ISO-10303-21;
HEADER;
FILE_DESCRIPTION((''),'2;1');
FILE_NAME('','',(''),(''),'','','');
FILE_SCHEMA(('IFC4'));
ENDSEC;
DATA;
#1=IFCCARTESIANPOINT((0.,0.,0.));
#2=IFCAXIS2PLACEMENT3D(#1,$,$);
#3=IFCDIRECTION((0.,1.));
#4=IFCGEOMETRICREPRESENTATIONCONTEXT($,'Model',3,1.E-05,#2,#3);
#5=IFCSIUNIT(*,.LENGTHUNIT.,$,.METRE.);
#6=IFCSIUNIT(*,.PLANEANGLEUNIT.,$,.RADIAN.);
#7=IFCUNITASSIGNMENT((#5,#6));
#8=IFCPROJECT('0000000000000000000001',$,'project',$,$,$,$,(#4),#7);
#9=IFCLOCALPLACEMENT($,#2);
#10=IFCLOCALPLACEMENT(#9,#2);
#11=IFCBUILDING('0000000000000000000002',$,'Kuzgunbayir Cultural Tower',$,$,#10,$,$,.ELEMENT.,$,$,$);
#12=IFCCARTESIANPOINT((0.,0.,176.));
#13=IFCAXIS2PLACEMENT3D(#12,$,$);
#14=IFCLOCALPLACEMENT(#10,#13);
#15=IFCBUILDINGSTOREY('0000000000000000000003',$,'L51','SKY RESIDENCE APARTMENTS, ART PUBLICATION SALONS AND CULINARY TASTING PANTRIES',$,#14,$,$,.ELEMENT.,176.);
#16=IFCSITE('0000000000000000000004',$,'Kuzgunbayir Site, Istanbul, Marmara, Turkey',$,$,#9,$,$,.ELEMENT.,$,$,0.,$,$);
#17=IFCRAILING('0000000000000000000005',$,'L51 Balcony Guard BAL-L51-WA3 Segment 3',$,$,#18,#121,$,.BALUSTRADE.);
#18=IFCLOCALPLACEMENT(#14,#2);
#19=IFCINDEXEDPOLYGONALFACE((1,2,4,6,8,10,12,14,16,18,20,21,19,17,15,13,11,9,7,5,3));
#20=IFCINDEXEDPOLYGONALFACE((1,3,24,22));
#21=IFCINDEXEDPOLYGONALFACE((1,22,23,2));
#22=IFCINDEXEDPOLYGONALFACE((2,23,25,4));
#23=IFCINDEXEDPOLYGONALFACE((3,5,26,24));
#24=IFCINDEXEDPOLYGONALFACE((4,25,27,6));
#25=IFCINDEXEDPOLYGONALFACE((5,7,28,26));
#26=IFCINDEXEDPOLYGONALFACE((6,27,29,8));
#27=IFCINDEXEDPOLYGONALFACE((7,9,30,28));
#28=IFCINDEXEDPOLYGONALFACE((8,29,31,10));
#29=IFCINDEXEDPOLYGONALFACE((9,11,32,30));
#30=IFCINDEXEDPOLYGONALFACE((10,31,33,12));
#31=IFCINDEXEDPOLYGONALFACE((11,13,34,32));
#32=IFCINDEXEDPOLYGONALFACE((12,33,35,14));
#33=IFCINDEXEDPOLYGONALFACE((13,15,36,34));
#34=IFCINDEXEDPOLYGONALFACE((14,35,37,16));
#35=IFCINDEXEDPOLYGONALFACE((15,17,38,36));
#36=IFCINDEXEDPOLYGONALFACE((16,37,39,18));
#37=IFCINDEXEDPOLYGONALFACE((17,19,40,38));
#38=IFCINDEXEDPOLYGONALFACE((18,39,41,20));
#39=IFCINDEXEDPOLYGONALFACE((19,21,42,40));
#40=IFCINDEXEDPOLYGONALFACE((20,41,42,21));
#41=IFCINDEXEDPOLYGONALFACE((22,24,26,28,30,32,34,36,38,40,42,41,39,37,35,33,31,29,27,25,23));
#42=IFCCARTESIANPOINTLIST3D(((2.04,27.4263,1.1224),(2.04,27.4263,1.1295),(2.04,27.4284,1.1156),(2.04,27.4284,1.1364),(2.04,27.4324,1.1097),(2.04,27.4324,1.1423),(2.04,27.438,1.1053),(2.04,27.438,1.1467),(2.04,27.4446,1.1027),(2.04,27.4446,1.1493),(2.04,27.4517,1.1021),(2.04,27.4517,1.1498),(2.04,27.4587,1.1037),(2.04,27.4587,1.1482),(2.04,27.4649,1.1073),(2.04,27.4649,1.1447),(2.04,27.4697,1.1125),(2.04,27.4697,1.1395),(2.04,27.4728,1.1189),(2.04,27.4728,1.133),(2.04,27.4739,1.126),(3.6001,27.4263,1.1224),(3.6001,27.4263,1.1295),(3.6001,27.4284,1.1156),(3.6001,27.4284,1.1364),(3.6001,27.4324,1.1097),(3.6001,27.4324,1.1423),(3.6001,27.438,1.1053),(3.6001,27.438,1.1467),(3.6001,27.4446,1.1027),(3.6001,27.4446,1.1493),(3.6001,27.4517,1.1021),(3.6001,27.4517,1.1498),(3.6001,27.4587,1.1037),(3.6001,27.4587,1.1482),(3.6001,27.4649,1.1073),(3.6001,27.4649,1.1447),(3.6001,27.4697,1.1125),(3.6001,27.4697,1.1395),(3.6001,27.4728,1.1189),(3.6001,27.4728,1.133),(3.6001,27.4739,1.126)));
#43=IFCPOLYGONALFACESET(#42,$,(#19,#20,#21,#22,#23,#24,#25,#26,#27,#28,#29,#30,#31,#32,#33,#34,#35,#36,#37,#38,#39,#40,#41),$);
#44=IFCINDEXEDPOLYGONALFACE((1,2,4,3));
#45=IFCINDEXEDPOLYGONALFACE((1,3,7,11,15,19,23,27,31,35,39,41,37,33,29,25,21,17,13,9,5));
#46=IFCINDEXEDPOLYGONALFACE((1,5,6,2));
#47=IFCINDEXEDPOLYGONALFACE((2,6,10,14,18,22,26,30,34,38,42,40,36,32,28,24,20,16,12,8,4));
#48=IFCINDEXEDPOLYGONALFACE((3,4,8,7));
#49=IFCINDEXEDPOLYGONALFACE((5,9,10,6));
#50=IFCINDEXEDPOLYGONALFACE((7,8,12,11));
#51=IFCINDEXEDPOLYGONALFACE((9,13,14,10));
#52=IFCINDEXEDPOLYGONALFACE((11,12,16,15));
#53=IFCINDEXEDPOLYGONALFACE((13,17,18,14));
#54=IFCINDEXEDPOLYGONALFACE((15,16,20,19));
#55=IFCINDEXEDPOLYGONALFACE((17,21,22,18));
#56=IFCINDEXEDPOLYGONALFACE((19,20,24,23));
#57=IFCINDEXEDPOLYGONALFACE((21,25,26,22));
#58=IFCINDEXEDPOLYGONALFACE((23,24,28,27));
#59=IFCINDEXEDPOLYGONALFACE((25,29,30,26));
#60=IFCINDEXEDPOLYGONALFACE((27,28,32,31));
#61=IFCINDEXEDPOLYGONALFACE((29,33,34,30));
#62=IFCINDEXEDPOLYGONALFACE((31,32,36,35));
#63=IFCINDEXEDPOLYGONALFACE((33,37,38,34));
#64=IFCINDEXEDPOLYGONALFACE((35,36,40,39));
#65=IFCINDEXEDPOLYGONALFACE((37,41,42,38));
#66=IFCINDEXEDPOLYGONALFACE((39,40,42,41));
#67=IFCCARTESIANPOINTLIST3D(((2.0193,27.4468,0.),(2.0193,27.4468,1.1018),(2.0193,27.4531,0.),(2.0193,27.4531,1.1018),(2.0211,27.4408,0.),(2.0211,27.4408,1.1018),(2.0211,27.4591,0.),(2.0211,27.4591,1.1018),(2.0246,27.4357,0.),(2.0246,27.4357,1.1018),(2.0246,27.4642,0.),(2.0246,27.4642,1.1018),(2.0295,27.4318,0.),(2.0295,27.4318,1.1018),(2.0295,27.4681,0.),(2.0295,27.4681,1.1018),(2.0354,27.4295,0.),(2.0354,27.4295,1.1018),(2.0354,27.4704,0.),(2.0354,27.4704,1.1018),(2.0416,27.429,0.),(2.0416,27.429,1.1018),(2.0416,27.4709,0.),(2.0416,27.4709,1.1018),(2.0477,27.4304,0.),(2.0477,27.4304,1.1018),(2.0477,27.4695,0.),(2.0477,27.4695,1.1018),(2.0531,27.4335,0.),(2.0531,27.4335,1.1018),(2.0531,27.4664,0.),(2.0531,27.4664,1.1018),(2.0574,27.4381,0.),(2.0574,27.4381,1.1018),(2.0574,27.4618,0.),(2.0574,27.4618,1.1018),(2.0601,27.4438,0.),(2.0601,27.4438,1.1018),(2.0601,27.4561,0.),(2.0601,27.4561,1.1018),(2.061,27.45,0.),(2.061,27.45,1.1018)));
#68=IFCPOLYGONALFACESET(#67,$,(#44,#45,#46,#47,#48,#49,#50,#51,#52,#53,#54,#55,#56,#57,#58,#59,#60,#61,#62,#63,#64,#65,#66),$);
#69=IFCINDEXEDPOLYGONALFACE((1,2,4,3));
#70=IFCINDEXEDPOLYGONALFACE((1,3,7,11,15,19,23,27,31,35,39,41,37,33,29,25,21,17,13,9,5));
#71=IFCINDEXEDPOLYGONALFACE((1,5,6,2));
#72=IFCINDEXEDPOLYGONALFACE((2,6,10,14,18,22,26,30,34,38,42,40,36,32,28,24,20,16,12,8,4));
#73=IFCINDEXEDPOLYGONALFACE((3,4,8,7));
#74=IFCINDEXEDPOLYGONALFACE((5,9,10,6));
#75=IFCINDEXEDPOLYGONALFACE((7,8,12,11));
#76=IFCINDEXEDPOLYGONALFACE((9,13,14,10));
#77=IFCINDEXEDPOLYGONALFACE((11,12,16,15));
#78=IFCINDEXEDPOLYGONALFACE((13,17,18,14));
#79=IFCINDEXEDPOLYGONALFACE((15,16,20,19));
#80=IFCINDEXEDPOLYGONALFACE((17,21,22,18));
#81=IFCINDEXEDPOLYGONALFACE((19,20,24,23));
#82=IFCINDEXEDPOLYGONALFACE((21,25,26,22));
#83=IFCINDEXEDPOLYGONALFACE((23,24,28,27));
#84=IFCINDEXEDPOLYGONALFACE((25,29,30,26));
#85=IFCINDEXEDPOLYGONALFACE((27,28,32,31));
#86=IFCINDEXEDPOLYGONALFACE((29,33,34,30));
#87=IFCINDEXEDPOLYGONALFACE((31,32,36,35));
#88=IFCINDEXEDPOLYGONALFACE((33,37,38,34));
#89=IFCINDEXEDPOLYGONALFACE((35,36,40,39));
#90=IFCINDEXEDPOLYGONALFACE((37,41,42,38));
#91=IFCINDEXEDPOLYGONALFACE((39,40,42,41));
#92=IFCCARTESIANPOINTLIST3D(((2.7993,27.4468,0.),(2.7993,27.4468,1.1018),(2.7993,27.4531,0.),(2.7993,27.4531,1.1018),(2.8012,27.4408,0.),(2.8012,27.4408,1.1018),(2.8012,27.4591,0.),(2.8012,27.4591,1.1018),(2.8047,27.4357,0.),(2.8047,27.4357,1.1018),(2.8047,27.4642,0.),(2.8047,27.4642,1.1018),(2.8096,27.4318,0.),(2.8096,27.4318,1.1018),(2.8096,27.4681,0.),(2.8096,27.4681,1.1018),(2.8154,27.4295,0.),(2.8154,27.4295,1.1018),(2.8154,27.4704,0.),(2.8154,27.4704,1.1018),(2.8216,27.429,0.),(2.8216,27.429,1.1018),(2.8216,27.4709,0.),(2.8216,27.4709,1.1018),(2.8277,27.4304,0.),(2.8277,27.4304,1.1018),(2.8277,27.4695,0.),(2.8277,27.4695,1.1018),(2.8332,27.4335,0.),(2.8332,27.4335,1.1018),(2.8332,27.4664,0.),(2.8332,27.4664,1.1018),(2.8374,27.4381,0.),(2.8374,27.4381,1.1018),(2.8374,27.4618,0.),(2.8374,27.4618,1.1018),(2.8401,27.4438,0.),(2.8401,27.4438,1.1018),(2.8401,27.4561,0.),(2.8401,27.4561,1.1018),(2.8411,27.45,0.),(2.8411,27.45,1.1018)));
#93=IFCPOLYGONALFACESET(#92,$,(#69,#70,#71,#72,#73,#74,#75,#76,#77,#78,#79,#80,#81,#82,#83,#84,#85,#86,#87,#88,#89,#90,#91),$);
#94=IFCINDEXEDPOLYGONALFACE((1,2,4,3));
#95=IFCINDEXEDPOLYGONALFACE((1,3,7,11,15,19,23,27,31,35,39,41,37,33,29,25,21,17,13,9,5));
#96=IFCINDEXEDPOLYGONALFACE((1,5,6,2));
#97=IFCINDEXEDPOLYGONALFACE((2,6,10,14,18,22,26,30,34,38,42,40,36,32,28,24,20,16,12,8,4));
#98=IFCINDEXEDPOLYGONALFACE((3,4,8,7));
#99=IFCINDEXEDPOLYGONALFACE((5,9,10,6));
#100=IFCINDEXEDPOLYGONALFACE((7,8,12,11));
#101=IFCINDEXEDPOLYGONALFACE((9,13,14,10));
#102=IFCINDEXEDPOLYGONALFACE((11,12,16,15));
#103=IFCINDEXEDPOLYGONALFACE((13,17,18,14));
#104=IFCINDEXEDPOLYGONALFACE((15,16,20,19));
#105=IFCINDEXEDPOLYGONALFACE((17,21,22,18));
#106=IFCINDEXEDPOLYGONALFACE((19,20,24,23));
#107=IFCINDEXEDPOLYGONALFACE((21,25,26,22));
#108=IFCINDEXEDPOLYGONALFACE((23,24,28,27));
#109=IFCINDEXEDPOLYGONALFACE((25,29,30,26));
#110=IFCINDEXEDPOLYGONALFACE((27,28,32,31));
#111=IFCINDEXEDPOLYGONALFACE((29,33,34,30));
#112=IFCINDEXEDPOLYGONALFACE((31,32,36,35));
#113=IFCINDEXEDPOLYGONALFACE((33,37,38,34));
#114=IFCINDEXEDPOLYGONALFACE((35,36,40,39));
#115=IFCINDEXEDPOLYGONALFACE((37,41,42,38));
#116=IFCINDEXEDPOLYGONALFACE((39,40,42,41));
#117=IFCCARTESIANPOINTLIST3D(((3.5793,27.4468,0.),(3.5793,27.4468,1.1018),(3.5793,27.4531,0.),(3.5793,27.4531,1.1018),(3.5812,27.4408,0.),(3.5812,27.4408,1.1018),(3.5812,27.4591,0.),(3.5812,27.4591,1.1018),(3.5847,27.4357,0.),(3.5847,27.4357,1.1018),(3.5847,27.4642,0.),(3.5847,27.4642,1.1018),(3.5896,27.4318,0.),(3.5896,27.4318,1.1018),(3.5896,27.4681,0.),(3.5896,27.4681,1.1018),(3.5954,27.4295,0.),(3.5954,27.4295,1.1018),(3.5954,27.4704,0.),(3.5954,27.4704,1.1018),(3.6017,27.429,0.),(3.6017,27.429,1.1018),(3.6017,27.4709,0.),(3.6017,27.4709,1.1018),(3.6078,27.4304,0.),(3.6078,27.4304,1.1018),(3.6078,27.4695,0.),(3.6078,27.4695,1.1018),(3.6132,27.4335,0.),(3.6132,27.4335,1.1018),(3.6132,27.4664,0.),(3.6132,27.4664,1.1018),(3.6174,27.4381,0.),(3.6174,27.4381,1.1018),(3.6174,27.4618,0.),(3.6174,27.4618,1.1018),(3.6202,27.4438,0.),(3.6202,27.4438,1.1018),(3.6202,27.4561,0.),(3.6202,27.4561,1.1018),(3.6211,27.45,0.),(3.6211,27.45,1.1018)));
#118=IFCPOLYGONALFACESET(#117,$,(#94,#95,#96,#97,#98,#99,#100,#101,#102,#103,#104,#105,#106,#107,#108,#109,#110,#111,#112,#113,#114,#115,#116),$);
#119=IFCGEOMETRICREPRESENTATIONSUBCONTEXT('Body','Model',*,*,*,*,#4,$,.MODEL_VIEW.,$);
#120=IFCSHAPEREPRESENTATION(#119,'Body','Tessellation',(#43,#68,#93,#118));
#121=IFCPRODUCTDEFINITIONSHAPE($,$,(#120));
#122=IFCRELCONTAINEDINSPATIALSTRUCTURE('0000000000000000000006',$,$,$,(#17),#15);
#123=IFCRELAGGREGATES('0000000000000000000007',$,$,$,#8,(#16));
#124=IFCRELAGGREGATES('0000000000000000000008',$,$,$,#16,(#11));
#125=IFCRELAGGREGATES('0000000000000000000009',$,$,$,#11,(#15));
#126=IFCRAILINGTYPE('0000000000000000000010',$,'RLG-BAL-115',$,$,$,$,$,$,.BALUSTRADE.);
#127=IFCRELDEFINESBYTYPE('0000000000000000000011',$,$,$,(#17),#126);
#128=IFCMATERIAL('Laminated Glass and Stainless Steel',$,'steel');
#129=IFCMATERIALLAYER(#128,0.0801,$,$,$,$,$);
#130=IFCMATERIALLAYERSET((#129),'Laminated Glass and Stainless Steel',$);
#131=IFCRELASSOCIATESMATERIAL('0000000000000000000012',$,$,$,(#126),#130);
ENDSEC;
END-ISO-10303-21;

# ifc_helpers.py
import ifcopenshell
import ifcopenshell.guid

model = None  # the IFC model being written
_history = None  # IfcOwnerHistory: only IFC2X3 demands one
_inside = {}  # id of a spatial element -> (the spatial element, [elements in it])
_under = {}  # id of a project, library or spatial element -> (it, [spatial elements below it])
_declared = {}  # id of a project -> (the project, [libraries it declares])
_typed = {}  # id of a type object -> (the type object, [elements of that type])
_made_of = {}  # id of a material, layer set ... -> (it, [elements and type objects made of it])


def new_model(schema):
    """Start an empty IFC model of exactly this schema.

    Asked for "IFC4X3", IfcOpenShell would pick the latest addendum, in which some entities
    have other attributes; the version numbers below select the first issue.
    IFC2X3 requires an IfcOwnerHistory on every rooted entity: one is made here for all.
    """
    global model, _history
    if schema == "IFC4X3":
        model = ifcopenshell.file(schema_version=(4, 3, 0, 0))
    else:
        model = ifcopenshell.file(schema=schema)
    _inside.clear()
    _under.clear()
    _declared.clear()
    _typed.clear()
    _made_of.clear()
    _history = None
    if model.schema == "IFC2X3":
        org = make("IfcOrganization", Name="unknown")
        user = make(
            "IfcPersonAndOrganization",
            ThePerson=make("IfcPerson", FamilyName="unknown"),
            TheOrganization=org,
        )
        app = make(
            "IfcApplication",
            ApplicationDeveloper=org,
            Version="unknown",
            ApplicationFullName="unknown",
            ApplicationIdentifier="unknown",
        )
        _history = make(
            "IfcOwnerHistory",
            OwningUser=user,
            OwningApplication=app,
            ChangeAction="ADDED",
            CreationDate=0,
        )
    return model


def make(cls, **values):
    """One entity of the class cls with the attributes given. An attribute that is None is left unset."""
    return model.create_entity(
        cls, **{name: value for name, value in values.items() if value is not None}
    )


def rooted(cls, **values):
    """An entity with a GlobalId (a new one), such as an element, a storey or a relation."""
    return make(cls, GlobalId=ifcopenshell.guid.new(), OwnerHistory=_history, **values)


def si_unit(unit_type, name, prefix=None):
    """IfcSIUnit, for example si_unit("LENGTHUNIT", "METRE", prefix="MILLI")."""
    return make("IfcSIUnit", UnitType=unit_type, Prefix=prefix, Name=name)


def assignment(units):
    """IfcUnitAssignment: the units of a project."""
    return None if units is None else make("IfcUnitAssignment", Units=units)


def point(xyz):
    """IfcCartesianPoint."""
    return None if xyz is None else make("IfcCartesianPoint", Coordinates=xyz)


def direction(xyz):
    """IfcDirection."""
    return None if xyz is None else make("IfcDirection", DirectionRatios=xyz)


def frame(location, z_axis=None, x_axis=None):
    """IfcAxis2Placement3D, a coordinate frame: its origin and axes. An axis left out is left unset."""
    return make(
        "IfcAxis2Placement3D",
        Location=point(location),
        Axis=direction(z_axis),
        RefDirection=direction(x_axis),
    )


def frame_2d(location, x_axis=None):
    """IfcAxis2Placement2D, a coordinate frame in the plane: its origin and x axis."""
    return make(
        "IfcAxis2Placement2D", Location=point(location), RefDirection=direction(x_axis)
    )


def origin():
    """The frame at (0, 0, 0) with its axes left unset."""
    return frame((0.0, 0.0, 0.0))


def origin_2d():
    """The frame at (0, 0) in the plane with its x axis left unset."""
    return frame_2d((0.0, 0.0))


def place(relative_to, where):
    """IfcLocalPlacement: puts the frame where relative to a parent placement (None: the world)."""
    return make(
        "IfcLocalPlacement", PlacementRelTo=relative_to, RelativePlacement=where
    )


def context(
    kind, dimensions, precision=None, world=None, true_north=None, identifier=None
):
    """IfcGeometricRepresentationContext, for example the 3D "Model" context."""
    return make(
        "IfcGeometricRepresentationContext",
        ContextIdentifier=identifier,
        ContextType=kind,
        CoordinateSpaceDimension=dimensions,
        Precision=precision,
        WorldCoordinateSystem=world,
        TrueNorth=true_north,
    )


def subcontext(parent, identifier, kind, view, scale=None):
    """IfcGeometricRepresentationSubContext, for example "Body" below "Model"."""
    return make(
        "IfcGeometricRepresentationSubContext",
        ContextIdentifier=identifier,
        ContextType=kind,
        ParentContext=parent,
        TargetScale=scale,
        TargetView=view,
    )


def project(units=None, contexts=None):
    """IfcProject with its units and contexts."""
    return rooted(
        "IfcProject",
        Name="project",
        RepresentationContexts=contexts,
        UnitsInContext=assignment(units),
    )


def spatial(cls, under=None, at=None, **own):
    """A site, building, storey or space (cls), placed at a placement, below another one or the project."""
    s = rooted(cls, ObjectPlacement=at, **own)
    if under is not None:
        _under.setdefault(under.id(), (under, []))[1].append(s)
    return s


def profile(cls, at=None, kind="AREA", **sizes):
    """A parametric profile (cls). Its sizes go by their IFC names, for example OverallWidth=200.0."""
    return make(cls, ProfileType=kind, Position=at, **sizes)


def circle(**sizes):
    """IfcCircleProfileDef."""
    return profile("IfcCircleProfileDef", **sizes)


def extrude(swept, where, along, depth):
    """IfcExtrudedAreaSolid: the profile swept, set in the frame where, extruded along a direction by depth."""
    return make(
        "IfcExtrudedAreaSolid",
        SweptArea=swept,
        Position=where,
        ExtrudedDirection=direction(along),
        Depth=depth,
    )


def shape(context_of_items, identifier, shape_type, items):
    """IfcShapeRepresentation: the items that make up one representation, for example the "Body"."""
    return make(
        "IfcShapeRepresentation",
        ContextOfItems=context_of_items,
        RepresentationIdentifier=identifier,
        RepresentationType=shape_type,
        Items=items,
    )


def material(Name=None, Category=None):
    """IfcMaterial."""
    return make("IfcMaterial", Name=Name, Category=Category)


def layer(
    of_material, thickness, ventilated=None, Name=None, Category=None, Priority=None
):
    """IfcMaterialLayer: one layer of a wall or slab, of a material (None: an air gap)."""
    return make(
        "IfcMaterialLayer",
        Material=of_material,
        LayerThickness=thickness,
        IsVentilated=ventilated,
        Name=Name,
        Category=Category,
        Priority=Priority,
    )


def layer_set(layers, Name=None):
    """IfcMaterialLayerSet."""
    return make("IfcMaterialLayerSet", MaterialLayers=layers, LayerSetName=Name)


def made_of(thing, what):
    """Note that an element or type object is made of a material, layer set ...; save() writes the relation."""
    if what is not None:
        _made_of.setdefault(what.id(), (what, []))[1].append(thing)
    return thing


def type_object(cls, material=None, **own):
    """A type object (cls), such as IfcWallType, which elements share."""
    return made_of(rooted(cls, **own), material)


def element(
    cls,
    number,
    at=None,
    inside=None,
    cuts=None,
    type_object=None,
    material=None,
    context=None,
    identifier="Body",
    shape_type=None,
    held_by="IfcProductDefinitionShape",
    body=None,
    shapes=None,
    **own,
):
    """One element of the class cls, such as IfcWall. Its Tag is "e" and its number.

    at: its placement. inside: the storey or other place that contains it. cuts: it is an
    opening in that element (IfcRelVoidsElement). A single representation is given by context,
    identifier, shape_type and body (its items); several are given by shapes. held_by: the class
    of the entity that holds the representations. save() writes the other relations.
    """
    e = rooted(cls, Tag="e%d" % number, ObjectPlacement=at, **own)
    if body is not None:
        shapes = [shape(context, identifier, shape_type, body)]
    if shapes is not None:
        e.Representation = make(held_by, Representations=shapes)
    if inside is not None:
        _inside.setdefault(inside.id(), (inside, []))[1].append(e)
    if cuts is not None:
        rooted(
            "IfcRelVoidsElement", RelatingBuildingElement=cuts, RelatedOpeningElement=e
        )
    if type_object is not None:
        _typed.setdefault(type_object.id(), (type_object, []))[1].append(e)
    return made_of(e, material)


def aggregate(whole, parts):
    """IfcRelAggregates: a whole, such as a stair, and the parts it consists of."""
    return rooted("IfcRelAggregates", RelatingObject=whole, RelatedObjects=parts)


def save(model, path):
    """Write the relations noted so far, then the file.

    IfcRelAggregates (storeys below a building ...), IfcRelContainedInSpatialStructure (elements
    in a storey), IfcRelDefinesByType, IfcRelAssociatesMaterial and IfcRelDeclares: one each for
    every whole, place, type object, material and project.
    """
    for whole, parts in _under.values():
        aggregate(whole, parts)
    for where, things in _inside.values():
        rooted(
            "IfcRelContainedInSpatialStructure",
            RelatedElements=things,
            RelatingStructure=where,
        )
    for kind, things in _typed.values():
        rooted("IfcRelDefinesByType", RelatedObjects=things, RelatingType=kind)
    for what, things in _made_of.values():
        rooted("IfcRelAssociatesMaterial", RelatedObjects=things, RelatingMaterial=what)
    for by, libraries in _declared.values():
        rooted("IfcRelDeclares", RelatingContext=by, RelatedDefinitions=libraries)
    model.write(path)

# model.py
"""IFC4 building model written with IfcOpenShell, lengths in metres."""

from ifc_helpers import new_model, si_unit, direction, frame, origin, origin_2d, place, context, subcontext, project, spatial, circle, extrude, material, layer, layer_set, type_object, element, save


model = new_model("IFC4")

# Units and contexts
model_context = context("Model", 3, precision=1e-05, world=origin(), true_north=direction((0.0, 1.0)))
body_context = subcontext(model_context, "Body", "Model", "MODEL_VIEW")
ifc_project = project(units=[si_unit("LENGTHUNIT", "METRE"), si_unit("PLANEANGLEUNIT", "RADIAN")], contexts=[model_context])

# Site, building, storey
site_placement = place(None, origin())
site = spatial("IfcSite", under=ifc_project, at=site_placement, Name="Kuzgunbayir Site, Istanbul, Marmara, Turkey", CompositionType="ELEMENT", RefElevation=0.0)
building_placement = place(site_placement, origin())
building = spatial("IfcBuilding", under=site, at=building_placement, Name="Kuzgunbayir Cultural Tower", CompositionType="ELEMENT")
storey_placement = place(building_placement, frame((0.0, 0.0, 176.0)))
storey = spatial("IfcBuildingStorey", under=building, at=storey_placement, Name="L51", Description="SKY RESIDENCE APARTMENTS, ART PUBLICATION SALONS AND CULINARY TASTING PANTRIES", CompositionType="ELEMENT", Elevation=176.0)

# Railing
ifc_material_1 = material(Name="Laminated Glass and Stainless Steel", Category="steel")
ifc_layer_1 = layer(ifc_material_1, 0.0801)
ifc_layer_set_1 = layer_set([ifc_layer_1], Name="Laminated Glass and Stainless Steel")
railing_type = type_object("IfcRailingType", Name="RLG-BAL-115", PredefinedType="BALUSTRADE", material=ifc_layer_set_1)
railing_1_placement = place(storey_placement, frame((2.04, 27.45, 0.0)))
element("IfcRailing", 1, at=railing_1_placement, inside=storey, type_object=railing_type, Name="L51 Balcony Guard BAL-L51-WA3 Segment 3", PredefinedType="BALUSTRADE", context=body_context, shape_type="SweptSolid", body=[
    extrude(circle(Radius=0.0239, at=origin_2d()), frame((0.0, 0.0, 1.126), z_axis=(1.0, 0.0, 0.0), x_axis=(0.0, 1.0, 0.0)), (0.0, 0.0, 1.0), 1.5601),
    extrude(circle(Radius=0.021, at=origin_2d()), origin(), (0.0, 0.0, 1.0), 1.1018),
    extrude(circle(Radius=0.021, at=origin_2d()), frame((0.78, 0.0, 0.0)), (0.0, 0.0, 1.0), 1.1018),
    extrude(circle(Radius=0.021, at=origin_2d()), frame((1.5601, 0.0, 0.0)), (0.0, 0.0, 1.0), 1.1018),
])

save(model, "model.ifc")
